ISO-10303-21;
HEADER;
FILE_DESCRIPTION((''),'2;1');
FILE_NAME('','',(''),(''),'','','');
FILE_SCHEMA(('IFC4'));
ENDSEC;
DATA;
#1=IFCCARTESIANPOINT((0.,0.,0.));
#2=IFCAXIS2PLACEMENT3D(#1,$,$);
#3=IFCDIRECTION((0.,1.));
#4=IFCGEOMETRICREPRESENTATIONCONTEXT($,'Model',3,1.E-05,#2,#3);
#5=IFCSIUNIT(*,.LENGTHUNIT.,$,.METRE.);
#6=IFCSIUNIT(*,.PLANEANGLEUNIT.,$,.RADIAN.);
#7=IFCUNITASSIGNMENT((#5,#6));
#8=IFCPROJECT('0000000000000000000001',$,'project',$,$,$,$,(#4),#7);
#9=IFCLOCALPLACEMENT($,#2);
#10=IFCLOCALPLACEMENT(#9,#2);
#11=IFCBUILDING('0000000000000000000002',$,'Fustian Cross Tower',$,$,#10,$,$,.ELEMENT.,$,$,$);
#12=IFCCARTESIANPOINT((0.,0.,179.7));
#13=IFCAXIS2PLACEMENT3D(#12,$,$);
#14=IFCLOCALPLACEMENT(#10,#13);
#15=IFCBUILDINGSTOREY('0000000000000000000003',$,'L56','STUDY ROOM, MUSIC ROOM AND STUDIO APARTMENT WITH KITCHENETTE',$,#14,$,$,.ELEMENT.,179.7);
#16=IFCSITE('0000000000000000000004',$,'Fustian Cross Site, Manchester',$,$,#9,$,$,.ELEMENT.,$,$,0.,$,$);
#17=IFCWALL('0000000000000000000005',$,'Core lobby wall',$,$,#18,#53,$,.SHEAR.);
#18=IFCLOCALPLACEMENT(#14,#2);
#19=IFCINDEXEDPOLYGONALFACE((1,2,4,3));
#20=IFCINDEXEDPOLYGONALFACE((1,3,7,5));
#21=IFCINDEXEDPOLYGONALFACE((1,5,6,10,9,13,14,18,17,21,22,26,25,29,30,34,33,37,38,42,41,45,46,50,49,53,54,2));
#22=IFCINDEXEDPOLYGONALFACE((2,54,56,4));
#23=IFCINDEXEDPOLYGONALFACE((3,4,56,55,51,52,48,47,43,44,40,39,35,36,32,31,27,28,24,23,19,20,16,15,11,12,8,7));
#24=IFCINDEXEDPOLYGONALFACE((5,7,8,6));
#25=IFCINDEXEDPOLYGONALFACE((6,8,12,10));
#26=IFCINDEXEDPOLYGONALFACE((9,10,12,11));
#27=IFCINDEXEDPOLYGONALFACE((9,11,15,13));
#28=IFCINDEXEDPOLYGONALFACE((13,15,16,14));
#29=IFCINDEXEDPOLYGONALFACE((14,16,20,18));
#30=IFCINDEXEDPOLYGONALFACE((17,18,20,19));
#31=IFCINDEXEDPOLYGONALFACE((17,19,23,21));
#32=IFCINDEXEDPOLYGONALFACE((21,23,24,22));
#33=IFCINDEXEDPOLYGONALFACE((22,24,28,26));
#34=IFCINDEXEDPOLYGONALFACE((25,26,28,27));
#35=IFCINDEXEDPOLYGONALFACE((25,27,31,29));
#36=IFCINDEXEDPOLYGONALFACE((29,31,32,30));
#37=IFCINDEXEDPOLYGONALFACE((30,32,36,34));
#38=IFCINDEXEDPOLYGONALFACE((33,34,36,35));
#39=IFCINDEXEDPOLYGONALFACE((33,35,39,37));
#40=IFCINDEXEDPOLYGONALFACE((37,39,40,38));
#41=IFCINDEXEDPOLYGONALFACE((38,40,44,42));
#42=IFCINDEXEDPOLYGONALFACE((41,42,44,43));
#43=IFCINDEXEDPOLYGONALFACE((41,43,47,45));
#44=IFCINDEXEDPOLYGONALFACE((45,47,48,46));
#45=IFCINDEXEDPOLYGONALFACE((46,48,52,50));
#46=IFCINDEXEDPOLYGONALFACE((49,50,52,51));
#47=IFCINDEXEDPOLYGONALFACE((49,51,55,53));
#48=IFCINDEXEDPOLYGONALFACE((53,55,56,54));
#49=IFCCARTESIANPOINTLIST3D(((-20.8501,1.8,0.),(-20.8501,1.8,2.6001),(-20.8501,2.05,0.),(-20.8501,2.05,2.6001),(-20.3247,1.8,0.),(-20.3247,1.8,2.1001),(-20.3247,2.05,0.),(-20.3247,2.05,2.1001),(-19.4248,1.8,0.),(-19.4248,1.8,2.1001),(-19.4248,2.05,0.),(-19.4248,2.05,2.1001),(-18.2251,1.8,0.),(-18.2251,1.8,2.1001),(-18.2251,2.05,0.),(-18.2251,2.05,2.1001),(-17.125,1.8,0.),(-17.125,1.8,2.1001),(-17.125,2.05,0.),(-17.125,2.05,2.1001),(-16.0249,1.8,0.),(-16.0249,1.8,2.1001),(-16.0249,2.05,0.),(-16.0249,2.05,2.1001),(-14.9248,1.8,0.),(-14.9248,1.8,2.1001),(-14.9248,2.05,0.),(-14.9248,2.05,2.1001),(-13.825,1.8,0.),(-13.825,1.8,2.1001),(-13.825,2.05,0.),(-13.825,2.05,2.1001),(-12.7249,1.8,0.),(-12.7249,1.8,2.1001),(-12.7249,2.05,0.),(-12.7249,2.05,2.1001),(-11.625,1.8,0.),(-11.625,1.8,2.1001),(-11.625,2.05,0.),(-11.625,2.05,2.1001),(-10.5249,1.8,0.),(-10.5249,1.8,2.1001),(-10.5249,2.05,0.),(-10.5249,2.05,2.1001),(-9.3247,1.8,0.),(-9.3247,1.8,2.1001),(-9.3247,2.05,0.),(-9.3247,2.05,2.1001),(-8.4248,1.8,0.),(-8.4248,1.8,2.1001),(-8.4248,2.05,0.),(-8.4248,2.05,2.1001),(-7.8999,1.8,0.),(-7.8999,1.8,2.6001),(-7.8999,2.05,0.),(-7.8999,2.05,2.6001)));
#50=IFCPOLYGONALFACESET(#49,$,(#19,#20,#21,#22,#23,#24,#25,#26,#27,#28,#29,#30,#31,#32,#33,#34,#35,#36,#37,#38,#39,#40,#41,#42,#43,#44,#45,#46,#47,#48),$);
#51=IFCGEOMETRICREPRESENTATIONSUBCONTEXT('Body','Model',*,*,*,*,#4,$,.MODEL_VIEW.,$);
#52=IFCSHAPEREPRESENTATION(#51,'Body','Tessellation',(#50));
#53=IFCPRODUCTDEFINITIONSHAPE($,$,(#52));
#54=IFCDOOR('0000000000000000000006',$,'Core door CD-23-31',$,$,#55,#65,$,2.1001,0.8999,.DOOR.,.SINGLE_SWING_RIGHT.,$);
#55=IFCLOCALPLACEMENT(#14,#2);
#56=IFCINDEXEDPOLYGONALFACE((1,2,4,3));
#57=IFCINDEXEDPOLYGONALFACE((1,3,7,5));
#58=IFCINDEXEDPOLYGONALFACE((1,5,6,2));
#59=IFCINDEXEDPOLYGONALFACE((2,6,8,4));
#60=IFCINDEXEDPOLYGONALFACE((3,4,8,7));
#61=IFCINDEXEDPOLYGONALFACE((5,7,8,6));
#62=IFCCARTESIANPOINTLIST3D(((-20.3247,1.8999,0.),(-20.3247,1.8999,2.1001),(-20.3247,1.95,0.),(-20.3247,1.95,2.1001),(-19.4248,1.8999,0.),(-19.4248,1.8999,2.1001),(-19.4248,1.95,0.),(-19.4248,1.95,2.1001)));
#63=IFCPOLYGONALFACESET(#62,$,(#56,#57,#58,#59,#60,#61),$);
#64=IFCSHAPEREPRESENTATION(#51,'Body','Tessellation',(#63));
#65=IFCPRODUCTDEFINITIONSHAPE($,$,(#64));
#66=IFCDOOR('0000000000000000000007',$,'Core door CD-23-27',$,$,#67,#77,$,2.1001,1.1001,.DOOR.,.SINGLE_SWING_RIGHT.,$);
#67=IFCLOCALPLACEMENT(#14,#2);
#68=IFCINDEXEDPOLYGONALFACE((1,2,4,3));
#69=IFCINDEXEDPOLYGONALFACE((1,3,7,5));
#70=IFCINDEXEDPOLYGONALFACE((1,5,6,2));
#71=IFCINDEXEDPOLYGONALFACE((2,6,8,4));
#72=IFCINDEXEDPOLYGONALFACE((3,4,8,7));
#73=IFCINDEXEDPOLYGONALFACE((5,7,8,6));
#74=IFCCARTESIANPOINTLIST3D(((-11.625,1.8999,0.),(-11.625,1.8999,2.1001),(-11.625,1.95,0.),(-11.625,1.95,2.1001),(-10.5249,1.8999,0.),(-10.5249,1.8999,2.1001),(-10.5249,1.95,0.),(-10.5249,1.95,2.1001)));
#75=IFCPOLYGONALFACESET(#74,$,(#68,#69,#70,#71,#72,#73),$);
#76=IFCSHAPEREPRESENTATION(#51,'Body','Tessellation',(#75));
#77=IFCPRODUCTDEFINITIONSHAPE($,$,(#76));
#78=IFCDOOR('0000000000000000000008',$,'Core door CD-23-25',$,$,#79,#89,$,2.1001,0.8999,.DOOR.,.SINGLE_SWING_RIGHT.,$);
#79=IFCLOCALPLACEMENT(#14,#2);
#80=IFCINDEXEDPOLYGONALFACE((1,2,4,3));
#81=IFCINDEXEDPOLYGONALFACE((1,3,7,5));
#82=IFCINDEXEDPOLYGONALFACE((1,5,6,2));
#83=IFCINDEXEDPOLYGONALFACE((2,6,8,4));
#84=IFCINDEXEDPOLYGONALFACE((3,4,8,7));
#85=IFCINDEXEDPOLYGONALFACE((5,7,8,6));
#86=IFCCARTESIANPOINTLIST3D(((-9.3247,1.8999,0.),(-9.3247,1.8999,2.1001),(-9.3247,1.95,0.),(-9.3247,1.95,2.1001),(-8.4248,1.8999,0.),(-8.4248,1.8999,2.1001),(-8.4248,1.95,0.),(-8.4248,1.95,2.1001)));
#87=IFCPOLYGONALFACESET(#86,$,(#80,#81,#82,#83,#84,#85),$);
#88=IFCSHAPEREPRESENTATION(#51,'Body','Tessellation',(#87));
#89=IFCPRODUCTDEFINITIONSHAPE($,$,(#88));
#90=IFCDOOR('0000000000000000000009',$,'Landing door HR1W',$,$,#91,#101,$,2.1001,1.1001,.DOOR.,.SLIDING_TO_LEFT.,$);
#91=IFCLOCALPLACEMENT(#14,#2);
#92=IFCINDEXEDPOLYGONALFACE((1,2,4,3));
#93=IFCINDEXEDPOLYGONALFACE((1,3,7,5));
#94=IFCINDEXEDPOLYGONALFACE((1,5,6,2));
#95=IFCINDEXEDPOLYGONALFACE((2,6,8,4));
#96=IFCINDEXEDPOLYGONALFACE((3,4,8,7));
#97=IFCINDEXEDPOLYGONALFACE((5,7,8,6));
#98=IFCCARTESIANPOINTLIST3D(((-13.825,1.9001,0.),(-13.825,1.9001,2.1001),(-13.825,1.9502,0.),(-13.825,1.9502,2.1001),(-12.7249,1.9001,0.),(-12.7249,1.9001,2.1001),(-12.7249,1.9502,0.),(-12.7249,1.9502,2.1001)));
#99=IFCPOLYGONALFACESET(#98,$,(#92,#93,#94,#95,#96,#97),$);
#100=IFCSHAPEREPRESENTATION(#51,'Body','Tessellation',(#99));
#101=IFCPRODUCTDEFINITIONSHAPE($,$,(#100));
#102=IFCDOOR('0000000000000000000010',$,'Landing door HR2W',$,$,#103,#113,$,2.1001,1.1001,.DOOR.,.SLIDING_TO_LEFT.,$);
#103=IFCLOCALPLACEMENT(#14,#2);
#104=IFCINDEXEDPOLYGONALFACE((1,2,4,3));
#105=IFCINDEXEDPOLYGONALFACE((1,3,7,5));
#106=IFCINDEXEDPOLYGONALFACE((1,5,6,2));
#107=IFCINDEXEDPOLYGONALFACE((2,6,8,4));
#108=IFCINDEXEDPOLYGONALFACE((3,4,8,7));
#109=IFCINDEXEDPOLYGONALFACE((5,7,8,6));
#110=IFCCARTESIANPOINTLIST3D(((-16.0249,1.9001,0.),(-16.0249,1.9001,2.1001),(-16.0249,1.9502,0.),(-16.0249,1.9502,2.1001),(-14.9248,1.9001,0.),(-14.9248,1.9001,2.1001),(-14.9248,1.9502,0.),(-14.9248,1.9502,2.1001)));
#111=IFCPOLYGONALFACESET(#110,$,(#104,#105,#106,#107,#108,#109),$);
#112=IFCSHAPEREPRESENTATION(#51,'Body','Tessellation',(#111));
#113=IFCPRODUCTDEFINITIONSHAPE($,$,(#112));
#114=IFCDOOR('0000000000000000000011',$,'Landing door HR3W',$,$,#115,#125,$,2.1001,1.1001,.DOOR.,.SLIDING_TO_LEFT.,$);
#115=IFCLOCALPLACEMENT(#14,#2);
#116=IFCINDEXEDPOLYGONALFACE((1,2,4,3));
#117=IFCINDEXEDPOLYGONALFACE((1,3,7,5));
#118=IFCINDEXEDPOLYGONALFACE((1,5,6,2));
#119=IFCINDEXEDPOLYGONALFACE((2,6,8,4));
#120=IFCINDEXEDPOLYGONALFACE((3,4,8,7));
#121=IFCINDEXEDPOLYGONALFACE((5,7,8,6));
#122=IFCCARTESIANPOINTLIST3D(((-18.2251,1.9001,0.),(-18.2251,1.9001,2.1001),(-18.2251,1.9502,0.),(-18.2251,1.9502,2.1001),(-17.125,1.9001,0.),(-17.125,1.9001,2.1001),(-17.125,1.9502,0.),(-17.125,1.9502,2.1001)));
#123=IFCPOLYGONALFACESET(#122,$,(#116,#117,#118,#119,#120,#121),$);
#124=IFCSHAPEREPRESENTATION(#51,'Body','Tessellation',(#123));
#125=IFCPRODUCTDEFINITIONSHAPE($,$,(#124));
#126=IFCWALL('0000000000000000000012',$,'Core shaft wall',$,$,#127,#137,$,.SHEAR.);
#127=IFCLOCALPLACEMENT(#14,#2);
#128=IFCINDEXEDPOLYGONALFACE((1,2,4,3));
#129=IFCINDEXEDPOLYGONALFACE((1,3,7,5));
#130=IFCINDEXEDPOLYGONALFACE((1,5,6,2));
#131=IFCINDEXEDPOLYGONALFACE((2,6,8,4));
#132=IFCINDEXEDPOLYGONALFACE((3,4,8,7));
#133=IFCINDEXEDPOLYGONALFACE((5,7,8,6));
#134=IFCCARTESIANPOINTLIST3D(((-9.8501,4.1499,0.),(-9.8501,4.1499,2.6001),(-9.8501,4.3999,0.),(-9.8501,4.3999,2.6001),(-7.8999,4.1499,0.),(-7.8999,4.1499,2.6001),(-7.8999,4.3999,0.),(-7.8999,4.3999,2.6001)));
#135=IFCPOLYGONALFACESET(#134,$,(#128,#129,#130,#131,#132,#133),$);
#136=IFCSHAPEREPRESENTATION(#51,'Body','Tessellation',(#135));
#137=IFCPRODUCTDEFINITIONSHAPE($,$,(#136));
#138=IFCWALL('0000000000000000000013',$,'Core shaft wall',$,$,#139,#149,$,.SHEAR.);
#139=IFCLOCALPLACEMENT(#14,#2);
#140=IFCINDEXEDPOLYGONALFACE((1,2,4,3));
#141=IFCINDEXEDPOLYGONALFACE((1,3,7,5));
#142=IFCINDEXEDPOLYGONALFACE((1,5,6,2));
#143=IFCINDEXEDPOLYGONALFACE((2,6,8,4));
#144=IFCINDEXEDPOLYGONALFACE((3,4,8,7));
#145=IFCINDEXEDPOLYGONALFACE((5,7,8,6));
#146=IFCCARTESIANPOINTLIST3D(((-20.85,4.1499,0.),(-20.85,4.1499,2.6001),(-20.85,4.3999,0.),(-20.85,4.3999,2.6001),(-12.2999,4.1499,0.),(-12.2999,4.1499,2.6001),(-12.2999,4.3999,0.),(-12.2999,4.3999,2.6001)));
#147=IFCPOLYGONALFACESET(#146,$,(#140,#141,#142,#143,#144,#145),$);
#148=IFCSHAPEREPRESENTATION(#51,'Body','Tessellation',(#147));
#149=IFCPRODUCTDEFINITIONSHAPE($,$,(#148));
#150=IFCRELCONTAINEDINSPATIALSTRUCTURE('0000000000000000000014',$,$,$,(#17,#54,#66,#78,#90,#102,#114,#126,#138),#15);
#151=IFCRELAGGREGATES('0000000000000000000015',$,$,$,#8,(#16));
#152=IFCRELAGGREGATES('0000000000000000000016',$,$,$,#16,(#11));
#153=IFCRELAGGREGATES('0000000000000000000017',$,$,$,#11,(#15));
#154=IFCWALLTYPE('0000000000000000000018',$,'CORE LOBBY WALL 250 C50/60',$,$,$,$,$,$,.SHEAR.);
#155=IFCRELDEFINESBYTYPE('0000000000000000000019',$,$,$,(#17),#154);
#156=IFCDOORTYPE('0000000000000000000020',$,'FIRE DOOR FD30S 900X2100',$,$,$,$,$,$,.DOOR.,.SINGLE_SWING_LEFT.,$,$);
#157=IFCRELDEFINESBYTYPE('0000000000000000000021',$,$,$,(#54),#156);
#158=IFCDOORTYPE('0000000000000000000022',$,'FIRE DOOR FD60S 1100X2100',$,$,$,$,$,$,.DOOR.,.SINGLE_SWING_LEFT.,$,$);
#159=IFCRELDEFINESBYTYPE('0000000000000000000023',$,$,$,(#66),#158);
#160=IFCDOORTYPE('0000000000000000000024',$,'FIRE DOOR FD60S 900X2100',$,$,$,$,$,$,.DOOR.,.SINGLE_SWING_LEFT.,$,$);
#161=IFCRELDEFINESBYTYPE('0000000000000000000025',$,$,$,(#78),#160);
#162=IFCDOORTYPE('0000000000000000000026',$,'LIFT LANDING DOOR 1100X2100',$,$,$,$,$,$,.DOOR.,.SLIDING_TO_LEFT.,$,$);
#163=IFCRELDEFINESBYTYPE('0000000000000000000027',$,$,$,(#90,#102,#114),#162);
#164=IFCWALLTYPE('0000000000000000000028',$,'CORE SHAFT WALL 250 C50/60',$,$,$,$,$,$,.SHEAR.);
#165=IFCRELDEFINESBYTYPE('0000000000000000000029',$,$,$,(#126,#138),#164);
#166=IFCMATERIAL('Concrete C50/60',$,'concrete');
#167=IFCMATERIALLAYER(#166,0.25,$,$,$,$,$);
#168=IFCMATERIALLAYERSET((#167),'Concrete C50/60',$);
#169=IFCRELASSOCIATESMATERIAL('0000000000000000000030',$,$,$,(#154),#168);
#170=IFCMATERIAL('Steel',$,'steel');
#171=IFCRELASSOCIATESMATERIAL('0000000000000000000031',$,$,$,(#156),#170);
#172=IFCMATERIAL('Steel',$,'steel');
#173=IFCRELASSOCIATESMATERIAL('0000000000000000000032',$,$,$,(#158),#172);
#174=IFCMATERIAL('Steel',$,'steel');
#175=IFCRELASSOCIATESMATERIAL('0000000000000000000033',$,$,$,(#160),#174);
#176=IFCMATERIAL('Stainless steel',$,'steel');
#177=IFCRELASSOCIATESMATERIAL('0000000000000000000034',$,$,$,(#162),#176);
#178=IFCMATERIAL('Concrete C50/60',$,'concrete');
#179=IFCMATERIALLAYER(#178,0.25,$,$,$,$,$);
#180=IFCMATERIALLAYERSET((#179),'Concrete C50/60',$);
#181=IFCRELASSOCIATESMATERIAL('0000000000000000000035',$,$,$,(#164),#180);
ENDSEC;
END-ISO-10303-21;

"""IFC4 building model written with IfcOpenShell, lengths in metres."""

from ifc_helpers import new_model, si_unit, direction, frame, frame_2d, origin, place, context, subcontext, project, spatial, rectangle, extrude, material, layer, layer_set, type_object, element, fill, save


model = new_model("IFC4")

# Units and contexts
model_context = context("Model", 3, precision=1e-05, world=origin(), true_north=direction((0.0, 1.0)))
body_context = subcontext(model_context, "Body", "Model", "MODEL_VIEW")
ifc_project = project(units=[si_unit("LENGTHUNIT", "METRE"), si_unit("PLANEANGLEUNIT", "RADIAN")], contexts=[model_context])

# Site, building, storey
site_placement = place(None, origin())
site = spatial("IfcSite", under=ifc_project, at=site_placement, Name="Fustian Cross Site, Manchester", CompositionType="ELEMENT", RefElevation=0.0)
building_placement = place(site_placement, origin())
building = spatial("IfcBuilding", under=site, at=building_placement, Name="Fustian Cross Tower", CompositionType="ELEMENT")
storey_placement = place(building_placement, frame((0.0, 0.0, 179.7)))
storey = spatial("IfcBuildingStorey", under=building, at=storey_placement, Name="L56", Description="STUDY ROOM, MUSIC ROOM AND STUDIO APARTMENT WITH KITCHENETTE", CompositionType="ELEMENT", Elevation=179.7)

# Wall, openings, doors
ifc_material_1 = material(Name="Concrete C50/60", Category="concrete")
ifc_layer_1 = layer(ifc_material_1, 0.25)
ifc_layer_set_1 = layer_set([ifc_layer_1], Name="Concrete C50/60")
wall_type_1 = type_object("IfcWallType", Name="CORE LOBBY WALL 250 C50/60", PredefinedType="SHEAR", material=ifc_layer_set_1)
wall_1_placement = place(storey_placement, frame((-7.8999, 1.925, 0.0), z_axis=(0.0, 0.0, 1.0), x_axis=(-1.0, 0.0, 0.0)))
wall_1 = element("IfcWall", 1, at=wall_1_placement, inside=storey, type_object=wall_type_1, Name="Core lobby wall", PredefinedType="SHEAR", context=body_context, shape_type="SweptSolid", body=[
    extrude(rectangle(XDim=12.9502, YDim=0.25, at=frame_2d((6.4751, 0.0))), origin(), (0.0, 0.0, 1.0), 2.6001),
])
opening_1_placement = place(wall_1_placement, frame((4.825, 0.0, 0.0)))
opening_1 = element("IfcOpeningElement", 2, at=opening_1_placement, cuts=wall_1, PredefinedType="OPENING", context=body_context, shape_type="SweptSolid", body=[
    extrude(rectangle(XDim=1.1001, YDim=2.1001, at=frame_2d((0.55, 1.05))), frame((0.0, 0.135, 0.0), z_axis=(0.0, -1.0, 0.0), x_axis=(1.0, 0.0, 0.0)), (0.0, 0.0, 1.0), 0.27),
])
opening_2_placement = place(wall_1_placement, frame((7.0249, 0.0, 0.0)))
opening_2 = element("IfcOpeningElement", 3, at=opening_2_placement, cuts=wall_1, PredefinedType="OPENING", context=body_context, shape_type="SweptSolid", body=[
    extrude(rectangle(XDim=1.1001, YDim=2.1001, at=frame_2d((0.55, 1.05))), frame((0.0, 0.135, 0.0), z_axis=(0.0, -1.0, 0.0), x_axis=(1.0, 0.0, 0.0)), (0.0, 0.0, 1.0), 0.27),
])
opening_3_placement = place(wall_1_placement, frame((9.2251, 0.0, 0.0)))
opening_3 = element("IfcOpeningElement", 4, at=opening_3_placement, cuts=wall_1, PredefinedType="OPENING", context=body_context, shape_type="SweptSolid", body=[
    extrude(rectangle(XDim=1.1001, YDim=2.1001, at=frame_2d((0.55, 1.05))), frame((0.0, 0.135, 0.0), z_axis=(0.0, -1.0, 0.0), x_axis=(1.0, 0.0, 0.0)), (0.0, 0.0, 1.0), 0.27),
])
opening_4_placement = place(wall_1_placement, frame((0.5249, 0.0, 0.0)))
opening_4 = element("IfcOpeningElement", 5, at=opening_4_placement, cuts=wall_1, PredefinedType="OPENING", context=body_context, shape_type="SweptSolid", body=[
    extrude(rectangle(XDim=0.8999, YDim=2.1001, at=frame_2d((0.45, 1.05))), frame((0.0, 0.135, 0.0), z_axis=(0.0, -1.0, 0.0), x_axis=(1.0, 0.0, 0.0)), (0.0, 0.0, 1.0), 0.27),
])
opening_5_placement = place(wall_1_placement, frame((2.625, 0.0, 0.0)))
opening_5 = element("IfcOpeningElement", 6, at=opening_5_placement, cuts=wall_1, PredefinedType="OPENING", context=body_context, shape_type="SweptSolid", body=[
    extrude(rectangle(XDim=1.1001, YDim=2.1001, at=frame_2d((0.55, 1.05))), frame((0.0, 0.135, 0.0), z_axis=(0.0, -1.0, 0.0), x_axis=(1.0, 0.0, 0.0)), (0.0, 0.0, 1.0), 0.27),
])
opening_6_placement = place(wall_1_placement, frame((11.5249, 0.0, 0.0)))
opening_6 = element("IfcOpeningElement", 7, at=opening_6_placement, cuts=wall_1, PredefinedType="OPENING", context=body_context, shape_type="SweptSolid", body=[
    extrude(rectangle(XDim=0.8999, YDim=2.1001, at=frame_2d((0.45, 1.05))), frame((0.0, 0.135, 0.0), z_axis=(0.0, -1.0, 0.0), x_axis=(1.0, 0.0, 0.0)), (0.0, 0.0, 1.0), 0.27),
])
ifc_material_2 = material(Name="Steel", Category="steel")
door_type_1 = type_object("IfcDoorType", Name="FIRE DOOR FD30S 900X2100", OperationType="SINGLE_SWING_LEFT", PredefinedType="DOOR", material=ifc_material_2)
door_1_placement = place(opening_6_placement, frame((0.8999, 0.0, 0.0), z_axis=(0.0, 0.0, 1.0), x_axis=(-1.0, 0.0, 0.0)))
door_1 = element("IfcDoor", 8, at=door_1_placement, inside=storey, type_object=door_type_1, Name="Core door CD-23-31", OperationType="SINGLE_SWING_RIGHT", OverallHeight=2.1001, OverallWidth=0.8999, PredefinedType="DOOR", context=body_context, shape_type="SweptSolid", body=[
    extrude(rectangle(XDim=0.8999, YDim=2.1001, at=frame_2d((0.45, 1.05))), frame((0.0, 0.0249, 0.0), z_axis=(0.0, -1.0, 0.0), x_axis=(1.0, 0.0, 0.0)), (0.0, 0.0, 1.0), 0.05),
])
fill(opening_6, door_1)
ifc_material_3 = material(Name="Steel", Category="steel")
door_type_2 = type_object("IfcDoorType", Name="FIRE DOOR FD60S 1100X2100", OperationType="SINGLE_SWING_LEFT", PredefinedType="DOOR", material=ifc_material_3)
door_2_placement = place(opening_5_placement, frame((1.1001, 0.0, 0.0), z_axis=(0.0, 0.0, 1.0), x_axis=(-1.0, 0.0, 0.0)))
door_2 = element("IfcDoor", 9, at=door_2_placement, inside=storey, type_object=door_type_2, Name="Core door CD-23-27", OperationType="SINGLE_SWING_RIGHT", OverallHeight=2.1001, OverallWidth=1.1001, PredefinedType="DOOR", context=body_context, shape_type="SweptSolid", body=[
    extrude(rectangle(XDim=1.1001, YDim=2.1001, at=frame_2d((0.55, 1.05))), frame((0.0, 0.0249, 0.0), z_axis=(0.0, -1.0, 0.0), x_axis=(1.0, 0.0, 0.0)), (0.0, 0.0, 1.0), 0.05),
])
fill(opening_5, door_2)
ifc_material_4 = material(Name="Steel", Category="steel")
door_type_3 = type_object("IfcDoorType", Name="FIRE DOOR FD60S 900X2100", OperationType="SINGLE_SWING_LEFT", PredefinedType="DOOR", material=ifc_material_4)
door_3_placement = place(opening_4_placement, frame((0.8999, 0.0, 0.0), z_axis=(0.0, 0.0, 1.0), x_axis=(-1.0, 0.0, 0.0)))
door_3 = element("IfcDoor", 10, at=door_3_placement, inside=storey, type_object=door_type_3, Name="Core door CD-23-25", OperationType="SINGLE_SWING_RIGHT", OverallHeight=2.1001, OverallWidth=0.8999, PredefinedType="DOOR", context=body_context, shape_type="SweptSolid", body=[
    extrude(rectangle(XDim=0.8999, YDim=2.1001, at=frame_2d((0.45, 1.05))), frame((0.0, 0.0249, 0.0), z_axis=(0.0, -1.0, 0.0), x_axis=(1.0, 0.0, 0.0)), (0.0, 0.0, 1.0), 0.05),
])
fill(opening_4, door_3)
ifc_material_5 = material(Name="Stainless steel", Category="steel")
door_type_4 = type_object("IfcDoorType", Name="LIFT LANDING DOOR 1100X2100", OperationType="SLIDING_TO_LEFT", PredefinedType="DOOR", material=ifc_material_5)
door_4_placement = place(opening_1_placement, origin())
door_4 = element("IfcDoor", 11, at=door_4_placement, inside=storey, type_object=door_type_4, Name="Landing door HR1W", OperationType="SLIDING_TO_LEFT", OverallHeight=2.1001, OverallWidth=1.1001, PredefinedType="DOOR", context=body_context, shape_type="SweptSolid", body=[
    extrude(rectangle(XDim=1.1001, YDim=2.1001, at=frame_2d((0.55, 1.05))), frame((0.0, 0.0249, 0.0), z_axis=(0.0, -1.0, 0.0), x_axis=(1.0, 0.0, 0.0)), (0.0, 0.0, 1.0), 0.05),
])
fill(opening_1, door_4)
door_5_placement = place(opening_2_placement, origin())
door_5 = element("IfcDoor", 12, at=door_5_placement, inside=storey, type_object=door_type_4, Name="Landing door HR2W", OperationType="SLIDING_TO_LEFT", OverallHeight=2.1001, OverallWidth=1.1001, PredefinedType="DOOR", context=body_context, shape_type="SweptSolid", body=[
    extrude(rectangle(XDim=1.1001, YDim=2.1001, at=frame_2d((0.55, 1.05))), frame((0.0, 0.0249, 0.0), z_axis=(0.0, -1.0, 0.0), x_axis=(1.0, 0.0, 0.0)), (0.0, 0.0, 1.0), 0.05),
])
fill(opening_2, door_5)
door_6_placement = place(opening_3_placement, origin())
door_6 = element("IfcDoor", 13, at=door_6_placement, inside=storey, type_object=door_type_4, Name="Landing door HR3W", OperationType="SLIDING_TO_LEFT", OverallHeight=2.1001, OverallWidth=1.1001, PredefinedType="DOOR", context=body_context, shape_type="SweptSolid", body=[
    extrude(rectangle(XDim=1.1001, YDim=2.1001, at=frame_2d((0.55, 1.05))), frame((0.0, 0.0249, 0.0), z_axis=(0.0, -1.0, 0.0), x_axis=(1.0, 0.0, 0.0)), (0.0, 0.0, 1.0), 0.05),
])
fill(opening_3, door_6)

# Walls
ifc_material_6 = material(Name="Concrete C50/60", Category="concrete")
ifc_layer_2 = layer(ifc_material_6, 0.25)
ifc_layer_set_2 = layer_set([ifc_layer_2], Name="Concrete C50/60")
wall_type_2 = type_object("IfcWallType", Name="CORE SHAFT WALL 250 C50/60", PredefinedType="SHEAR", material=ifc_layer_set_2)
wall_2_placement = place(storey_placement, frame((-7.8999, 4.2749, 0.0), z_axis=(0.0, 0.0, 1.0), x_axis=(-1.0, 0.0, 0.0)))
element("IfcWall", 14, at=wall_2_placement, inside=storey, type_object=wall_type_2, Name="Core shaft wall", PredefinedType="SHEAR", context=body_context, shape_type="SweptSolid", body=[
    extrude(rectangle(XDim=1.9502, YDim=0.25, at=frame_2d((0.9751, 0.0))), origin(), (0.0, 0.0, 1.0), 2.6001),
])
wall_3_placement = place(storey_placement, frame((-12.3, 4.2749, 0.0), z_axis=(0.0, 0.0, 1.0), x_axis=(-1.0, 0.0, 0.0)))
element("IfcWall", 15, at=wall_3_placement, inside=storey, type_object=wall_type_2, Name="Core shaft wall", PredefinedType="SHEAR", context=body_context, shape_type="SweptSolid", body=[
    extrude(rectangle(XDim=8.55, YDim=0.25, at=frame_2d((4.2749, 0.0))), origin(), (0.0, 0.0, 1.0), 2.6001),
])

save(model, "model.ifc")
